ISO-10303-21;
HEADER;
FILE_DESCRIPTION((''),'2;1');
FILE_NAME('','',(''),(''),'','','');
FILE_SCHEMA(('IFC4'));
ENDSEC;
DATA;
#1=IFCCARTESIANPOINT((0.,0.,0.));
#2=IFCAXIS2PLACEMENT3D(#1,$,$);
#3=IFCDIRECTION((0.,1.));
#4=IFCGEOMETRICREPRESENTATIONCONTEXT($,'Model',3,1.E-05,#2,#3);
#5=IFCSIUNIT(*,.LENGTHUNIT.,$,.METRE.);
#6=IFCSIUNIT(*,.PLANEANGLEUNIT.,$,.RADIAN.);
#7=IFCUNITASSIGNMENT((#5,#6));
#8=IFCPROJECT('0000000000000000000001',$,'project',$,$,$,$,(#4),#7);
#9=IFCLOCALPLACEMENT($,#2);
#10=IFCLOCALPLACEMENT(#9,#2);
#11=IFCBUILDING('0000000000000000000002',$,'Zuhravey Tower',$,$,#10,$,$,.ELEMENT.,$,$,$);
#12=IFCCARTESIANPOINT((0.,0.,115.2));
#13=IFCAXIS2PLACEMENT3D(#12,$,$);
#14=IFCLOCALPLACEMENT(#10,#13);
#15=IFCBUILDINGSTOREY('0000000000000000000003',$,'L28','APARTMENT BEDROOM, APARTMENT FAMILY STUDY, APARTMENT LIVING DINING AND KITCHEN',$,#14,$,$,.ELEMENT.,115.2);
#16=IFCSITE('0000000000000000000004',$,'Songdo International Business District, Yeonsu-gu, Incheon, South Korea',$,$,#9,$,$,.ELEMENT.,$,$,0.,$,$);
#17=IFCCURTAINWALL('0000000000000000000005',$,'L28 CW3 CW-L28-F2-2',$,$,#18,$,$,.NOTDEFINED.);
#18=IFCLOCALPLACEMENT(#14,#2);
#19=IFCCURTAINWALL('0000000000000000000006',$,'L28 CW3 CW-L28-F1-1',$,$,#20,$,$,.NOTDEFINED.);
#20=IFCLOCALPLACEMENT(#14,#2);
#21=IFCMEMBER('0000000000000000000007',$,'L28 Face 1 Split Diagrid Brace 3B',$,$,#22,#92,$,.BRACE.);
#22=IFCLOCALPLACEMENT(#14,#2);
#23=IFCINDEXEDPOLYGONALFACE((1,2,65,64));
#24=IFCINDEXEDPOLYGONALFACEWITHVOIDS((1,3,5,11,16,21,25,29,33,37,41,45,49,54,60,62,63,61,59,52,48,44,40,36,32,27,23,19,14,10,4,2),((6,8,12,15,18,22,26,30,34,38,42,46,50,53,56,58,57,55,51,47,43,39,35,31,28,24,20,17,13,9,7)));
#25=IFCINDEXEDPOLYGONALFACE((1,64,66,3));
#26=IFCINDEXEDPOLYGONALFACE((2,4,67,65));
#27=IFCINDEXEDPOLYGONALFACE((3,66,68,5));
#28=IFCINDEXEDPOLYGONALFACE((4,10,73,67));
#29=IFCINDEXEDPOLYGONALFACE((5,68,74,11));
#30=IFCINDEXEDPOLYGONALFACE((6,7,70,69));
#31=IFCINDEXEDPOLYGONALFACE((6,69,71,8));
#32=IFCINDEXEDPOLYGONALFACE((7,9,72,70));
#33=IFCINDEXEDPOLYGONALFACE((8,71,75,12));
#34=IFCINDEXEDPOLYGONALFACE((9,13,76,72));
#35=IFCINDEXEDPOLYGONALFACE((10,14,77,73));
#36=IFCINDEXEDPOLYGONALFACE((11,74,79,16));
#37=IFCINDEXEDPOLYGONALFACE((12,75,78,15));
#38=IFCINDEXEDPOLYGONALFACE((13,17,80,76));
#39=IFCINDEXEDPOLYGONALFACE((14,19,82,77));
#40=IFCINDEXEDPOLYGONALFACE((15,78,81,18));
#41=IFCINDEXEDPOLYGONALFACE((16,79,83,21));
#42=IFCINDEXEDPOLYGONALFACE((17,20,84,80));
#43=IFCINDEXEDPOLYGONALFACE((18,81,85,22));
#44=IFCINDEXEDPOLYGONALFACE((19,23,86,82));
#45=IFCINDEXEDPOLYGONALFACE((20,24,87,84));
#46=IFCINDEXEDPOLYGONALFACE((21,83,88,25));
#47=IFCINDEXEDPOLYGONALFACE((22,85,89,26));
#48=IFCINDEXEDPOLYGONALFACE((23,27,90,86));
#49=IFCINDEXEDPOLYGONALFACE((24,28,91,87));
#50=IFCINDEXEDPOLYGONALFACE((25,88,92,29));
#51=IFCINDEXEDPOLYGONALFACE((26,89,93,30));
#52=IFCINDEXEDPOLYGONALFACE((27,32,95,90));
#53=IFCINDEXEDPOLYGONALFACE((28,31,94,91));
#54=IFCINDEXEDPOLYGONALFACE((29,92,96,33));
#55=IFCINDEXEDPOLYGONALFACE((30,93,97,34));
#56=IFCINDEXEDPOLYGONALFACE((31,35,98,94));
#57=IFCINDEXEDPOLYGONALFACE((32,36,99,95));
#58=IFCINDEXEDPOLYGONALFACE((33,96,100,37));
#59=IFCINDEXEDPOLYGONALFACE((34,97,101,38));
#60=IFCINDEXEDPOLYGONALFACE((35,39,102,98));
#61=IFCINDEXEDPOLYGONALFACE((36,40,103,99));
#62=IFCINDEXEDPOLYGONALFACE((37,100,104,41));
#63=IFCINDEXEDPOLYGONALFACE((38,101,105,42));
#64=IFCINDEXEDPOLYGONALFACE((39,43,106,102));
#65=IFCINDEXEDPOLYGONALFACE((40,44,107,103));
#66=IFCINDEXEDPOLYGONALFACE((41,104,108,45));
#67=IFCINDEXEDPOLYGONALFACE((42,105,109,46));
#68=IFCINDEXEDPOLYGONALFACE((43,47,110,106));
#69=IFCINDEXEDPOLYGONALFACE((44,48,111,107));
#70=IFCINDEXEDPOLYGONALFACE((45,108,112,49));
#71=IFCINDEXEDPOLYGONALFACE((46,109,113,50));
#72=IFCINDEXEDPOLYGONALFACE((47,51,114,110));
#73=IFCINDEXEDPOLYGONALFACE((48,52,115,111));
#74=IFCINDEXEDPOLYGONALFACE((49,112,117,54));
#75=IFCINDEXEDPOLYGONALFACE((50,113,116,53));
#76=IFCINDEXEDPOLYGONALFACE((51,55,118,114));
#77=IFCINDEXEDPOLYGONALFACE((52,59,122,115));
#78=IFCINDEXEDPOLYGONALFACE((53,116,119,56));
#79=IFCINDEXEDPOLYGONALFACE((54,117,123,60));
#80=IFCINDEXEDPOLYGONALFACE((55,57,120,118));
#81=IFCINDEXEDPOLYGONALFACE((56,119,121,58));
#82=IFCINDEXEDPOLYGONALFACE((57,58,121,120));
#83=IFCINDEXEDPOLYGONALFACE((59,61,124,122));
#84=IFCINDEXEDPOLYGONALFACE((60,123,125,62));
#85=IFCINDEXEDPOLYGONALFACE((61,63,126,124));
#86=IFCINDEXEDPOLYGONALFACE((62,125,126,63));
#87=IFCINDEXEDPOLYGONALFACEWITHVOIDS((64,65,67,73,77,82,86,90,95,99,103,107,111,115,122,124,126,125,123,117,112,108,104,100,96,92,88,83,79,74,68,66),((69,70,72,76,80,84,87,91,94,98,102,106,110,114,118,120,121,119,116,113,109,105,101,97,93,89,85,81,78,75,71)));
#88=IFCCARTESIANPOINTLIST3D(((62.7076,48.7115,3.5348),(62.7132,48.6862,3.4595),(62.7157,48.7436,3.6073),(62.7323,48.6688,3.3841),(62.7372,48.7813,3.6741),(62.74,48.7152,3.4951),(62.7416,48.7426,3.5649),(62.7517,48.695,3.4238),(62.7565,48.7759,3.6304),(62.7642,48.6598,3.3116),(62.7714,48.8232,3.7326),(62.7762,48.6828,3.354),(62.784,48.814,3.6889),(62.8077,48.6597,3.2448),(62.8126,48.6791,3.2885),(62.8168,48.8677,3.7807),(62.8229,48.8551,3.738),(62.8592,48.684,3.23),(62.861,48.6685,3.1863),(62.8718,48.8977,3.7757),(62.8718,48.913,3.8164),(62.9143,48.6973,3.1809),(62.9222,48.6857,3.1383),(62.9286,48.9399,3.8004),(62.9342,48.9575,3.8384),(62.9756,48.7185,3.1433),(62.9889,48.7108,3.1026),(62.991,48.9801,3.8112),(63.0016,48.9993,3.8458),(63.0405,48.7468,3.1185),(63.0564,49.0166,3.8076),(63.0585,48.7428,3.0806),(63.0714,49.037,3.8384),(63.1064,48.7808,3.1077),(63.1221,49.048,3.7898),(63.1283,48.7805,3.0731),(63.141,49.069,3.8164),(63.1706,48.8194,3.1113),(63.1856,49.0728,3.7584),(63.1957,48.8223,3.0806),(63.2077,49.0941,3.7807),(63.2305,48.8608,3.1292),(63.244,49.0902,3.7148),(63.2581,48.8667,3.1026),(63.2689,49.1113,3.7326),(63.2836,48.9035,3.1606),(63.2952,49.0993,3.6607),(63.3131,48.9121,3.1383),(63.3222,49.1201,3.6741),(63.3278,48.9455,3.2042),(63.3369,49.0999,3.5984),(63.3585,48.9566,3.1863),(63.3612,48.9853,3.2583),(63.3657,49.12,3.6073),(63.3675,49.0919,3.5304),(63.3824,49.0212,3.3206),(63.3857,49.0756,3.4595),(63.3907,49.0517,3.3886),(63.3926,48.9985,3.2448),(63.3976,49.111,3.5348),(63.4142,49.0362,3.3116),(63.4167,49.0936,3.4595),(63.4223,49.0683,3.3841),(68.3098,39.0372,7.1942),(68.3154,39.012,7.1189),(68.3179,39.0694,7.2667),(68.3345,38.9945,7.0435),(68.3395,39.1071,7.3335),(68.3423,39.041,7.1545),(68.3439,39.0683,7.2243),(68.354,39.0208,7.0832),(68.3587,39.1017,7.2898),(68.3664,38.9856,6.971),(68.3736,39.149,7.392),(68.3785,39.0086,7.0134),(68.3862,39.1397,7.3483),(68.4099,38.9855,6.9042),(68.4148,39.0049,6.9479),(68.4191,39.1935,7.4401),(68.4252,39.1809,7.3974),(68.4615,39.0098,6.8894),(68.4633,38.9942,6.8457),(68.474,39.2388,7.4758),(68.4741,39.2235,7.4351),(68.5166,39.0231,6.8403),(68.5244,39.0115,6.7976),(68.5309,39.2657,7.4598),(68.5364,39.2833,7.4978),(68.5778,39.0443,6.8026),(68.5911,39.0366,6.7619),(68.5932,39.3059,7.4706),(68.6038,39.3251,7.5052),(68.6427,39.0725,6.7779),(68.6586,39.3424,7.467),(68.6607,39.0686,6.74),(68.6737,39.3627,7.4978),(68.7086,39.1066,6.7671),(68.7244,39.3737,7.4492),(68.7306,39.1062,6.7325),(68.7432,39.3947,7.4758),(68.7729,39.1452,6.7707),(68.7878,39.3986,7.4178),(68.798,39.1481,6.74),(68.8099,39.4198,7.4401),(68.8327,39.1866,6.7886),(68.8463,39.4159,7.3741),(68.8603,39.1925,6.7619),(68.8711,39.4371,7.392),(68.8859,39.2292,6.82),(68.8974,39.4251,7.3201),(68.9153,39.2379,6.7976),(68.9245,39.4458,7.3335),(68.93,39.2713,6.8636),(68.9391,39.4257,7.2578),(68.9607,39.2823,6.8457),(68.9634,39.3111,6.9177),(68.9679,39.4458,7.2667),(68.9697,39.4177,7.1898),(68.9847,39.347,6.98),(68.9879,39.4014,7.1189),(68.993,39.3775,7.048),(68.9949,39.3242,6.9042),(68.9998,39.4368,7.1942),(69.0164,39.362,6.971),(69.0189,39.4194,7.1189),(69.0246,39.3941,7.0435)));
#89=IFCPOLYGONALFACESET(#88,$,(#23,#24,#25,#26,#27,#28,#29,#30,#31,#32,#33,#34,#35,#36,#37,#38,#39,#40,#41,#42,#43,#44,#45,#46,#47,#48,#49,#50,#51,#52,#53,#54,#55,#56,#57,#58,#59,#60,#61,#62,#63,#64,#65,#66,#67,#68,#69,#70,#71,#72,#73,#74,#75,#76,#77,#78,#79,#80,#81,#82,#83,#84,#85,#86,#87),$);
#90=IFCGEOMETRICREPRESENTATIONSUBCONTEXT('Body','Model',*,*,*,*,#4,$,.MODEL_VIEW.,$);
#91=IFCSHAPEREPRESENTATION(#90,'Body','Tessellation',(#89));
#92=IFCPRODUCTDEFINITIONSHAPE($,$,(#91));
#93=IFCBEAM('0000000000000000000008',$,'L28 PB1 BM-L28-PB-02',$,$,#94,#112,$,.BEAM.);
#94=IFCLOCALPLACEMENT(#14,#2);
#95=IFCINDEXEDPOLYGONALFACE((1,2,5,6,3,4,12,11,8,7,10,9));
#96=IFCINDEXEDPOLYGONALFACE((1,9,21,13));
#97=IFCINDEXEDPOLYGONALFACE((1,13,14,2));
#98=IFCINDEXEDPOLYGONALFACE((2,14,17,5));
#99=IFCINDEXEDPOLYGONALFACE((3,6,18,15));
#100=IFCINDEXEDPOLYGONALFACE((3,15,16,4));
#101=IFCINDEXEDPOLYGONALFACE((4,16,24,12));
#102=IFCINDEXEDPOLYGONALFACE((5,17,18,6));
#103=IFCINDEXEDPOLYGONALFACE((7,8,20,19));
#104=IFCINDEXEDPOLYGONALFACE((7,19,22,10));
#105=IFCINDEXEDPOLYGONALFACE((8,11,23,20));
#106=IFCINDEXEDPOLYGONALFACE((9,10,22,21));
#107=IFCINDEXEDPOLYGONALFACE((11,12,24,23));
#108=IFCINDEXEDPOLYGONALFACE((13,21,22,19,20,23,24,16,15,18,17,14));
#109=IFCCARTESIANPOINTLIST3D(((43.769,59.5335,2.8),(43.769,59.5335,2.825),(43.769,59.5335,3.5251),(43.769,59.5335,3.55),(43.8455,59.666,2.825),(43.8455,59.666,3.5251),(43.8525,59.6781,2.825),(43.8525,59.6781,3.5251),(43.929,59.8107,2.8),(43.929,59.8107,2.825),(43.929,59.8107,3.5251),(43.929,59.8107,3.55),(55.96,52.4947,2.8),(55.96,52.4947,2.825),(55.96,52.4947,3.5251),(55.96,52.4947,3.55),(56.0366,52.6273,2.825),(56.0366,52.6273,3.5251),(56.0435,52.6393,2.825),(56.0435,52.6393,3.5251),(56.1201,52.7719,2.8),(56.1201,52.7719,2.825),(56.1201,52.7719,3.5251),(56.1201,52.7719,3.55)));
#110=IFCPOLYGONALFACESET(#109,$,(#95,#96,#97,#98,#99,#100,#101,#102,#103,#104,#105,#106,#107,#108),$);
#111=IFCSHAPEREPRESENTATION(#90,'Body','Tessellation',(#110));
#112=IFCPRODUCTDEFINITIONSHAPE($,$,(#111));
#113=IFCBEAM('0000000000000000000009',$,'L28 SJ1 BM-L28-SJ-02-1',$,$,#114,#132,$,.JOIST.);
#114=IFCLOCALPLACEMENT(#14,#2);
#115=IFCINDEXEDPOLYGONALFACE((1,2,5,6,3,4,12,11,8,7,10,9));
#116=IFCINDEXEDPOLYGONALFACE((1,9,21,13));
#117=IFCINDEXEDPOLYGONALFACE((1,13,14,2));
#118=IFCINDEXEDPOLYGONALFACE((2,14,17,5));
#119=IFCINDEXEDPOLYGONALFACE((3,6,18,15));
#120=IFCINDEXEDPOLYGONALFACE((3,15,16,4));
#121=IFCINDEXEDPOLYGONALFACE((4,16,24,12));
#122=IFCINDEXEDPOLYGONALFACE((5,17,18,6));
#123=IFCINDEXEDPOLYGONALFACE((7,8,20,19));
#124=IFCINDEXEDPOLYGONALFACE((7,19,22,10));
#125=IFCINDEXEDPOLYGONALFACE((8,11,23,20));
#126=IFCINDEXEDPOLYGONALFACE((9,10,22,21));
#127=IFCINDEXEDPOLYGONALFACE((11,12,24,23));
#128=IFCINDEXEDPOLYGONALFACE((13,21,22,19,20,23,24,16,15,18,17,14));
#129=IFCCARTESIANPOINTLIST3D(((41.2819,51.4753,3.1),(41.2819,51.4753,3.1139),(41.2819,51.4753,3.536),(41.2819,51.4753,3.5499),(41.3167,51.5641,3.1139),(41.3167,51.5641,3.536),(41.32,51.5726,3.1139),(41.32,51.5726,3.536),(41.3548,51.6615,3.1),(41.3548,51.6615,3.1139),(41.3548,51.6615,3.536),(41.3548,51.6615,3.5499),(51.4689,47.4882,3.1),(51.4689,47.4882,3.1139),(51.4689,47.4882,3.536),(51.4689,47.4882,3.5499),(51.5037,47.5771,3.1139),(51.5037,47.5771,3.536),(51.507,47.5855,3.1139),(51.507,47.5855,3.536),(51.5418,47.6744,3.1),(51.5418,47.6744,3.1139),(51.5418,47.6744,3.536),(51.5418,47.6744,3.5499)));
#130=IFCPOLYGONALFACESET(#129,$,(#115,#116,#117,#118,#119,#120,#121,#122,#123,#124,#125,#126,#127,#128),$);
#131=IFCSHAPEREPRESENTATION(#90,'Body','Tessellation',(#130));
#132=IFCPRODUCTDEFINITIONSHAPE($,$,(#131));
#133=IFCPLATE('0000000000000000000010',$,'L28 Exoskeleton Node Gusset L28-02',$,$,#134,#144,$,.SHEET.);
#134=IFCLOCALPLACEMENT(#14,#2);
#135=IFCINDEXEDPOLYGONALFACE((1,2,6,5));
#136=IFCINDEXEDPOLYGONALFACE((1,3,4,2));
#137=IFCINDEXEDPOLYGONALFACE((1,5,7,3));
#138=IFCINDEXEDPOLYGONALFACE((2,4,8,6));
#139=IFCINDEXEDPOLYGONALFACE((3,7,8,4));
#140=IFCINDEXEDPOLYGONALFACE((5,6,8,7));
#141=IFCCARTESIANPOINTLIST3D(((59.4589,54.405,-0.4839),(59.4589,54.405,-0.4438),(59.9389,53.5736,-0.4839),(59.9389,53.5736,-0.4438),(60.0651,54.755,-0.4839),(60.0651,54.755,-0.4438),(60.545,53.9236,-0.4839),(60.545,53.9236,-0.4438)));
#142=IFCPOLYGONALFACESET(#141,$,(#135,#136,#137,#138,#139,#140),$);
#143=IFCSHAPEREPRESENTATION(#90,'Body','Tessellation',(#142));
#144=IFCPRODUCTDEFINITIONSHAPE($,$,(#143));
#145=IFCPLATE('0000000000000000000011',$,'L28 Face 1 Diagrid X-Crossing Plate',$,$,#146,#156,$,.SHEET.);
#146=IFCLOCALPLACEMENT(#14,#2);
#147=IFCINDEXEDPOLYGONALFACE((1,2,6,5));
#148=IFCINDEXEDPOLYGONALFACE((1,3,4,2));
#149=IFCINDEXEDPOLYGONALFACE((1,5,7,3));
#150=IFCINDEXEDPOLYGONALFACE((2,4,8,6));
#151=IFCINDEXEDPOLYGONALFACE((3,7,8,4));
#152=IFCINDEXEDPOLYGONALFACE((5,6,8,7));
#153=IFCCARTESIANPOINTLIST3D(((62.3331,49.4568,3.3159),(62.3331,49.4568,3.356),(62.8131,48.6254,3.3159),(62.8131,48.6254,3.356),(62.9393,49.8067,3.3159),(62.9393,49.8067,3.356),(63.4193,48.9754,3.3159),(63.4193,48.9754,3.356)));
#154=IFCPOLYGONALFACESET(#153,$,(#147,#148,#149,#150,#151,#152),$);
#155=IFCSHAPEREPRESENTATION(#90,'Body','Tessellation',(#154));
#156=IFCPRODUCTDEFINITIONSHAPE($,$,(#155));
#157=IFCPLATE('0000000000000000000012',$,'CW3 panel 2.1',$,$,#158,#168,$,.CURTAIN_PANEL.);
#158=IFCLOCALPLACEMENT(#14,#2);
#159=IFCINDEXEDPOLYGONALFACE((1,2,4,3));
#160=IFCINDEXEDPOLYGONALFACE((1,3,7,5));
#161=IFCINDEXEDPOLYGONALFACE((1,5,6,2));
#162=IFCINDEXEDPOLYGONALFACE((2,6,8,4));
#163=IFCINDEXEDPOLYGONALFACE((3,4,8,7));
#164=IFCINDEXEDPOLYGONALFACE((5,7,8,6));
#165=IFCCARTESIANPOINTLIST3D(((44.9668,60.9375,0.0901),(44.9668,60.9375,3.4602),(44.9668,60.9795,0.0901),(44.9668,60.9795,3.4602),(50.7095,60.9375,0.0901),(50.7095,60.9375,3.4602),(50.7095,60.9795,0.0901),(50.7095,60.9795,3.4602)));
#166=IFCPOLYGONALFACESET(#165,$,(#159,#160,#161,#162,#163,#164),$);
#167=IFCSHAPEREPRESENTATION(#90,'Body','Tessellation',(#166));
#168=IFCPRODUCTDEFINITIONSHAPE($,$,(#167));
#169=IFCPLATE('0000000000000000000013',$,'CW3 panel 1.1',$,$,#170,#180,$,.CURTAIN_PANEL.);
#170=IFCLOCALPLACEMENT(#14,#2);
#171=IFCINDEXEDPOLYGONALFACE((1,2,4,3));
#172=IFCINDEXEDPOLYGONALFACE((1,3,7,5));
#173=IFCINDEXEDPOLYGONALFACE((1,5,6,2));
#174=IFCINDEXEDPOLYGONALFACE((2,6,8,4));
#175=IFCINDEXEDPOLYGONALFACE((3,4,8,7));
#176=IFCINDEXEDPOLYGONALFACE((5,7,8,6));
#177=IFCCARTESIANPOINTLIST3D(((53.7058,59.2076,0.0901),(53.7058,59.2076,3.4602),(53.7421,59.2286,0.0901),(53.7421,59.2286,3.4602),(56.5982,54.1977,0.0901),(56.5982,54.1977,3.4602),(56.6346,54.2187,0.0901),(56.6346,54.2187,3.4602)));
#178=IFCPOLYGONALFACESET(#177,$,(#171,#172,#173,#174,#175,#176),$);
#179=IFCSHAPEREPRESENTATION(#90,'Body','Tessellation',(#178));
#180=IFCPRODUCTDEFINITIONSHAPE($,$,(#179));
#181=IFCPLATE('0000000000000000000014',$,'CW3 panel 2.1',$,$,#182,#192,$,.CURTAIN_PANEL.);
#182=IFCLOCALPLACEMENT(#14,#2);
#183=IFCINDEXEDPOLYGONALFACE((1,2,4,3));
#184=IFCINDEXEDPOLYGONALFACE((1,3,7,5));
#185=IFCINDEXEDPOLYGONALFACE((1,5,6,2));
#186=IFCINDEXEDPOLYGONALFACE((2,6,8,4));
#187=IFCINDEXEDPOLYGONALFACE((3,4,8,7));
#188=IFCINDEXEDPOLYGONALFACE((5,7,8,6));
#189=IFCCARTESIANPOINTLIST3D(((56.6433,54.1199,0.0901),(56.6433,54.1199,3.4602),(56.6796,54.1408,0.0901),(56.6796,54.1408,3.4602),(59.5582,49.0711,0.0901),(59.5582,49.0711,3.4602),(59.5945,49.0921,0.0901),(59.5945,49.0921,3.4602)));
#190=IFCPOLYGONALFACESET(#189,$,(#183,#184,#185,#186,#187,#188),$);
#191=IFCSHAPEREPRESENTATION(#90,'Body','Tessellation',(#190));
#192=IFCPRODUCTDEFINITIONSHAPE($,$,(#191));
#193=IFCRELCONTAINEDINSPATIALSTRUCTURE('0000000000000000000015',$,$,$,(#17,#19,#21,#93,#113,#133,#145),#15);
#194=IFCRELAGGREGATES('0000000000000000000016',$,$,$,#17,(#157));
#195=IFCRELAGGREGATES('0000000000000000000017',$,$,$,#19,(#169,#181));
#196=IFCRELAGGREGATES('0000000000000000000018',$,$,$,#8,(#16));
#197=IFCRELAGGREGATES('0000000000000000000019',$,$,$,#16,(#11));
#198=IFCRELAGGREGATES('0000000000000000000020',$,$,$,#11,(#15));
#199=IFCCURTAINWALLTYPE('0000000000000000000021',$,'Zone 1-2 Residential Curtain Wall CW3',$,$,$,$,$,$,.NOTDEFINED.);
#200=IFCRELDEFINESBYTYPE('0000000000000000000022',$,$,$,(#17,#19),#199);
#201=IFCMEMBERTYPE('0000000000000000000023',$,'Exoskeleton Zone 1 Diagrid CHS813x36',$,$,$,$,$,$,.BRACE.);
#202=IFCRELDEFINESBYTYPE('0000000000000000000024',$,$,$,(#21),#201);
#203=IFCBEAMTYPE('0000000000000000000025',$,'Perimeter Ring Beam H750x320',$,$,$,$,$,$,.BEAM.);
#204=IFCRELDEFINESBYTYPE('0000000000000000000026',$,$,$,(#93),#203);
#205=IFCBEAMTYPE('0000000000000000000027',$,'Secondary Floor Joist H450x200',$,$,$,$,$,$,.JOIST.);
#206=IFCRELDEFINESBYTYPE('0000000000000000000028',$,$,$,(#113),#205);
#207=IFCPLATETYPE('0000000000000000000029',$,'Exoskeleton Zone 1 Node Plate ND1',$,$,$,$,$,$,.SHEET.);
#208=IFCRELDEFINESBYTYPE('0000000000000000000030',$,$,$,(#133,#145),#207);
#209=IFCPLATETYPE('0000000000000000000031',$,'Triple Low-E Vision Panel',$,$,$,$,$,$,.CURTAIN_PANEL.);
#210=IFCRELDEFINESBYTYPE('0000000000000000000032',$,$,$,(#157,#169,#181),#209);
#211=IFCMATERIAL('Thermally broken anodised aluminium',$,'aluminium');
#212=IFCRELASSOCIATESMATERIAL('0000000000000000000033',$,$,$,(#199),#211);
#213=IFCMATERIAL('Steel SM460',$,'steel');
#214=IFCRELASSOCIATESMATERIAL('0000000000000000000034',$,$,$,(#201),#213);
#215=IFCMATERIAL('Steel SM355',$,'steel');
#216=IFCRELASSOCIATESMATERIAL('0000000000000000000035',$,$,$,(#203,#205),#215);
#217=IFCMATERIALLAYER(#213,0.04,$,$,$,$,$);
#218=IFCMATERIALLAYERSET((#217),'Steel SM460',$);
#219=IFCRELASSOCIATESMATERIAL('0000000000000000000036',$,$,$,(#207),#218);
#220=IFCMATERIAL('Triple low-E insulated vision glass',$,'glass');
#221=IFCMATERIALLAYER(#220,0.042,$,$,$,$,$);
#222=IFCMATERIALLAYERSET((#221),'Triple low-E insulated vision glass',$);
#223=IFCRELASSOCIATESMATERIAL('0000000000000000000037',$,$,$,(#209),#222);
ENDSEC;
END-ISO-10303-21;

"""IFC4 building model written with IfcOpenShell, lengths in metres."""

from ifc_helpers import new_model, si_unit, direction, frame, origin, origin_2d, place, context, subcontext, project, spatial, rectangle, hollow_circle, i_section, extrude, material, layer, layer_set, material_profile, profile_set, type_object, element, aggregate, save


model = new_model("IFC4")

# Units and contexts
model_context = context("Model", 3, precision=1e-05, world=origin(), true_north=direction((0.0, 1.0)))
body_context = subcontext(model_context, "Body", "Model", "MODEL_VIEW")
ifc_project = project(units=[si_unit("LENGTHUNIT", "METRE"), si_unit("PLANEANGLEUNIT", "RADIAN")], contexts=[model_context])

# Site, building, storey
site_placement = place(None, origin())
site = spatial("IfcSite", under=ifc_project, at=site_placement, Name="Songdo International Business District, Yeonsu-gu, Incheon, South Korea", CompositionType="ELEMENT", RefElevation=0.0)
building_placement = place(site_placement, origin())
building = spatial("IfcBuilding", under=site, at=building_placement, Name="Zuhravey Tower", CompositionType="ELEMENT")
storey_placement = place(building_placement, frame((0.0, 0.0, 115.2)))
storey = spatial("IfcBuildingStorey", under=building, at=storey_placement, Name="L28", Description="APARTMENT BEDROOM, APARTMENT FAMILY STUDY, APARTMENT LIVING DINING AND KITCHEN", CompositionType="ELEMENT", Elevation=115.2)

# Curtain wall
ifc_material_1 = material(Name="Thermally broken anodised aluminium", Category="aluminium")
curtain_wall_type = type_object("IfcCurtainWallType", Name="Zone 1-2 Residential Curtain Wall CW3", PredefinedType="NOTDEFINED", material=ifc_material_1)
curtain_wall_1_placement = place(storey_placement, origin())
curtain_wall_1 = element("IfcCurtainWall", 1, at=curtain_wall_1_placement, inside=storey, type_object=curtain_wall_type, Name="L28 CW3 CW-L28-F2-2", PredefinedType="NOTDEFINED")

# Curtain wall
curtain_wall_2_placement = place(storey_placement, origin())
curtain_wall_2 = element("IfcCurtainWall", 2, at=curtain_wall_2_placement, inside=storey, type_object=curtain_wall_type, Name="L28 CW3 CW-L28-F1-1", PredefinedType="NOTDEFINED")

# Member
ifc_material_2 = material(Name="Steel SM460", Category="steel")
ifc_material_profile_1 = material_profile(ifc_material_2, hollow_circle(Radius=0.4065, WallThickness=0.0359, at=origin_2d()), Name="CHS-812.8x36")
ifc_profile_set_1 = profile_set([ifc_material_profile_1], Name="Steel SM460")
member_type_1 = type_object("IfcMemberType", Name="Exoskeleton Zone 1 Diagrid CHS813x36", PredefinedType="BRACE", material=ifc_profile_set_1)
member_1_placement = place(storey_placement, frame((63.0649, 48.8899, 3.4595), z_axis=(0.476262, -0.822432, 0.311095), x_axis=(0.865373, 0.501128, 0.0)))
element("IfcMember", 3, at=member_1_placement, inside=storey, type_object=member_type_1, Name="L28 Face 1 Split Diagrid Brace 3B", PredefinedType="BRACE", context=body_context, shape_type="SweptSolid", body=[
    extrude(hollow_circle(Radius=0.4065, WallThickness=0.0359, at=origin_2d()), origin(), (0.0, 0.0, 1.0), 11.7629),
])

# Beams
ifc_material_3 = material(Name="Steel SM355", Category="steel")
ifc_material_profile_2 = material_profile(ifc_material_3, i_section(OverallWidth=0.3201, OverallDepth=0.75, WebThickness=0.0139, FlangeThickness=0.0249, at=origin_2d()), Name="H-750x320x14x25")
ifc_profile_set_2 = profile_set([ifc_material_profile_2], Name="Steel SM355")
beam_type_1 = type_object("IfcBeamType", Name="Perimeter Ring Beam H750x320", PredefinedType="BEAM", material=ifc_profile_set_2)
beam_1_placement = place(storey_placement, frame((56.04, 52.6333, 3.175), z_axis=(-0.866018, 0.500013, 0.0), x_axis=(-0.500013, -0.866018, 0.0)))
element("IfcBeam", 4, at=beam_1_placement, inside=storey, type_object=beam_type_1, Name="L28 PB1 BM-L28-PB-02", PredefinedType="BEAM", context=body_context, shape_type="SweptSolid", body=[
    extrude(i_section(OverallWidth=0.3201, OverallDepth=0.75, WebThickness=0.0139, FlangeThickness=0.0249, at=origin_2d()), origin(), (0.0, 0.0, 1.0), 14.0771),
])
ifc_material_profile_3 = material_profile(ifc_material_3, i_section(OverallWidth=0.2, OverallDepth=0.45, WebThickness=0.009, FlangeThickness=0.0139, at=origin_2d()), Name="H-450x200x9x14")
ifc_profile_set_3 = profile_set([ifc_material_profile_3], Name="Steel SM355")
beam_type_2 = type_object("IfcBeamType", Name="Secondary Floor Joist H450x200", PredefinedType="JOIST", material=ifc_profile_set_3)
beam_2_placement = place(storey_placement, frame((51.5054, 47.5813, 3.325), z_axis=(-0.931217, 0.364466, 0.0), x_axis=(-0.364466, -0.931217, 0.0)))
element("IfcBeam", 5, at=beam_2_placement, inside=storey, type_object=beam_type_2, Name="L28 SJ1 BM-L28-SJ-02-1", PredefinedType="JOIST", context=body_context, shape_type="SweptSolid", body=[
    extrude(i_section(OverallWidth=0.2, OverallDepth=0.45, WebThickness=0.009, FlangeThickness=0.0139, at=origin_2d()), origin(), (0.0, 0.0, 1.0), 10.9395),
])

# Plates
ifc_layer_1 = layer(ifc_material_2, 0.04)
ifc_layer_set_1 = layer_set([ifc_layer_1], Name="Steel SM460")
plate_type_1 = type_object("IfcPlateType", Name="Exoskeleton Zone 1 Node Plate ND1", PredefinedType="SHEET", material=ifc_layer_set_1)
for number, where, z_axis, x_axis, name in (
    (6, (60.002, 54.1643, -0.4839), (0.0, 0.0, 1.0), (-0.5, 0.866025, 0.0), "L28 Exoskeleton Node Gusset L28-02"),
    (7, (62.8762, 49.2161, 3.3159), (0.0, 0.0, 1.0), (-0.5, 0.866025, 0.0), "L28 Face 1 Diagrid X-Crossing Plate"),
):
    element("IfcPlate", number, at=place(storey_placement, frame(where, z_axis=z_axis, x_axis=x_axis)), inside=storey, type_object=plate_type_1, Name=name, PredefinedType="SHEET", context=body_context, shape_type="SweptSolid", body=[
        extrude(rectangle(XDim=0.96, YDim=0.7, at=origin_2d()), origin(), (0.0, 0.0, 1.0), 0.04),
    ])

# Plates
ifc_material_4 = material(Name="Triple low-E insulated vision glass", Category="glass")
ifc_layer_2 = layer(ifc_material_4, 0.042)
ifc_layer_set_2 = layer_set([ifc_layer_2], Name="Triple low-E insulated vision glass")
plate_type_2 = type_object("IfcPlateType", Name="Triple Low-E Vision Panel", PredefinedType="CURTAIN_PANEL", material=ifc_layer_set_2)
plate_1_placement = place(storey_placement, frame((47.8381, 60.9585, 0.0901), z_axis=(0.0, 0.0, 1.0), x_axis=(1.0, 0.0, 0.0)))
plate_1 = element("IfcPlate", 8, at=plate_1_placement, type_object=plate_type_2, Name="CW3 panel 2.1", PredefinedType="CURTAIN_PANEL", context=body_context, shape_type="SweptSolid", body=[
    extrude(rectangle(XDim=5.7427, YDim=0.042, at=origin_2d()), origin(), (0.0, 0.0, 1.0), 3.3701),
])
aggregate(curtain_wall_1, [plate_1])
plate_2_placement = place(storey_placement, frame((55.1702, 56.7131, 0.0901), z_axis=(0.0, 0.0, 1.0), x_axis=(0.5, -0.866026, 0.0)))
plate_2 = element("IfcPlate", 9, at=plate_2_placement, type_object=plate_type_2, Name="CW3 panel 1.1", PredefinedType="CURTAIN_PANEL", context=body_context, shape_type="SweptSolid", body=[
    extrude(rectangle(XDim=5.7849, YDim=0.042, at=origin_2d()), origin(), (0.0, 0.0, 1.0), 3.3701),
])
plate_3_placement = place(storey_placement, frame((58.1189, 51.606, 0.0901), z_axis=(0.0, 0.0, 1.0), x_axis=(0.5, -0.866026, 0.0)))
plate_3 = element("IfcPlate", 10, at=plate_3_placement, type_object=plate_type_2, Name="CW3 panel 2.1", PredefinedType="CURTAIN_PANEL", context=body_context, shape_type="SweptSolid", body=[
    extrude(rectangle(XDim=5.8298, YDim=0.042, at=origin_2d()), origin(), (0.0, 0.0, 1.0), 3.3701),
])
aggregate(curtain_wall_2, [plate_2, plate_3])

save(model, "model.ifc")
